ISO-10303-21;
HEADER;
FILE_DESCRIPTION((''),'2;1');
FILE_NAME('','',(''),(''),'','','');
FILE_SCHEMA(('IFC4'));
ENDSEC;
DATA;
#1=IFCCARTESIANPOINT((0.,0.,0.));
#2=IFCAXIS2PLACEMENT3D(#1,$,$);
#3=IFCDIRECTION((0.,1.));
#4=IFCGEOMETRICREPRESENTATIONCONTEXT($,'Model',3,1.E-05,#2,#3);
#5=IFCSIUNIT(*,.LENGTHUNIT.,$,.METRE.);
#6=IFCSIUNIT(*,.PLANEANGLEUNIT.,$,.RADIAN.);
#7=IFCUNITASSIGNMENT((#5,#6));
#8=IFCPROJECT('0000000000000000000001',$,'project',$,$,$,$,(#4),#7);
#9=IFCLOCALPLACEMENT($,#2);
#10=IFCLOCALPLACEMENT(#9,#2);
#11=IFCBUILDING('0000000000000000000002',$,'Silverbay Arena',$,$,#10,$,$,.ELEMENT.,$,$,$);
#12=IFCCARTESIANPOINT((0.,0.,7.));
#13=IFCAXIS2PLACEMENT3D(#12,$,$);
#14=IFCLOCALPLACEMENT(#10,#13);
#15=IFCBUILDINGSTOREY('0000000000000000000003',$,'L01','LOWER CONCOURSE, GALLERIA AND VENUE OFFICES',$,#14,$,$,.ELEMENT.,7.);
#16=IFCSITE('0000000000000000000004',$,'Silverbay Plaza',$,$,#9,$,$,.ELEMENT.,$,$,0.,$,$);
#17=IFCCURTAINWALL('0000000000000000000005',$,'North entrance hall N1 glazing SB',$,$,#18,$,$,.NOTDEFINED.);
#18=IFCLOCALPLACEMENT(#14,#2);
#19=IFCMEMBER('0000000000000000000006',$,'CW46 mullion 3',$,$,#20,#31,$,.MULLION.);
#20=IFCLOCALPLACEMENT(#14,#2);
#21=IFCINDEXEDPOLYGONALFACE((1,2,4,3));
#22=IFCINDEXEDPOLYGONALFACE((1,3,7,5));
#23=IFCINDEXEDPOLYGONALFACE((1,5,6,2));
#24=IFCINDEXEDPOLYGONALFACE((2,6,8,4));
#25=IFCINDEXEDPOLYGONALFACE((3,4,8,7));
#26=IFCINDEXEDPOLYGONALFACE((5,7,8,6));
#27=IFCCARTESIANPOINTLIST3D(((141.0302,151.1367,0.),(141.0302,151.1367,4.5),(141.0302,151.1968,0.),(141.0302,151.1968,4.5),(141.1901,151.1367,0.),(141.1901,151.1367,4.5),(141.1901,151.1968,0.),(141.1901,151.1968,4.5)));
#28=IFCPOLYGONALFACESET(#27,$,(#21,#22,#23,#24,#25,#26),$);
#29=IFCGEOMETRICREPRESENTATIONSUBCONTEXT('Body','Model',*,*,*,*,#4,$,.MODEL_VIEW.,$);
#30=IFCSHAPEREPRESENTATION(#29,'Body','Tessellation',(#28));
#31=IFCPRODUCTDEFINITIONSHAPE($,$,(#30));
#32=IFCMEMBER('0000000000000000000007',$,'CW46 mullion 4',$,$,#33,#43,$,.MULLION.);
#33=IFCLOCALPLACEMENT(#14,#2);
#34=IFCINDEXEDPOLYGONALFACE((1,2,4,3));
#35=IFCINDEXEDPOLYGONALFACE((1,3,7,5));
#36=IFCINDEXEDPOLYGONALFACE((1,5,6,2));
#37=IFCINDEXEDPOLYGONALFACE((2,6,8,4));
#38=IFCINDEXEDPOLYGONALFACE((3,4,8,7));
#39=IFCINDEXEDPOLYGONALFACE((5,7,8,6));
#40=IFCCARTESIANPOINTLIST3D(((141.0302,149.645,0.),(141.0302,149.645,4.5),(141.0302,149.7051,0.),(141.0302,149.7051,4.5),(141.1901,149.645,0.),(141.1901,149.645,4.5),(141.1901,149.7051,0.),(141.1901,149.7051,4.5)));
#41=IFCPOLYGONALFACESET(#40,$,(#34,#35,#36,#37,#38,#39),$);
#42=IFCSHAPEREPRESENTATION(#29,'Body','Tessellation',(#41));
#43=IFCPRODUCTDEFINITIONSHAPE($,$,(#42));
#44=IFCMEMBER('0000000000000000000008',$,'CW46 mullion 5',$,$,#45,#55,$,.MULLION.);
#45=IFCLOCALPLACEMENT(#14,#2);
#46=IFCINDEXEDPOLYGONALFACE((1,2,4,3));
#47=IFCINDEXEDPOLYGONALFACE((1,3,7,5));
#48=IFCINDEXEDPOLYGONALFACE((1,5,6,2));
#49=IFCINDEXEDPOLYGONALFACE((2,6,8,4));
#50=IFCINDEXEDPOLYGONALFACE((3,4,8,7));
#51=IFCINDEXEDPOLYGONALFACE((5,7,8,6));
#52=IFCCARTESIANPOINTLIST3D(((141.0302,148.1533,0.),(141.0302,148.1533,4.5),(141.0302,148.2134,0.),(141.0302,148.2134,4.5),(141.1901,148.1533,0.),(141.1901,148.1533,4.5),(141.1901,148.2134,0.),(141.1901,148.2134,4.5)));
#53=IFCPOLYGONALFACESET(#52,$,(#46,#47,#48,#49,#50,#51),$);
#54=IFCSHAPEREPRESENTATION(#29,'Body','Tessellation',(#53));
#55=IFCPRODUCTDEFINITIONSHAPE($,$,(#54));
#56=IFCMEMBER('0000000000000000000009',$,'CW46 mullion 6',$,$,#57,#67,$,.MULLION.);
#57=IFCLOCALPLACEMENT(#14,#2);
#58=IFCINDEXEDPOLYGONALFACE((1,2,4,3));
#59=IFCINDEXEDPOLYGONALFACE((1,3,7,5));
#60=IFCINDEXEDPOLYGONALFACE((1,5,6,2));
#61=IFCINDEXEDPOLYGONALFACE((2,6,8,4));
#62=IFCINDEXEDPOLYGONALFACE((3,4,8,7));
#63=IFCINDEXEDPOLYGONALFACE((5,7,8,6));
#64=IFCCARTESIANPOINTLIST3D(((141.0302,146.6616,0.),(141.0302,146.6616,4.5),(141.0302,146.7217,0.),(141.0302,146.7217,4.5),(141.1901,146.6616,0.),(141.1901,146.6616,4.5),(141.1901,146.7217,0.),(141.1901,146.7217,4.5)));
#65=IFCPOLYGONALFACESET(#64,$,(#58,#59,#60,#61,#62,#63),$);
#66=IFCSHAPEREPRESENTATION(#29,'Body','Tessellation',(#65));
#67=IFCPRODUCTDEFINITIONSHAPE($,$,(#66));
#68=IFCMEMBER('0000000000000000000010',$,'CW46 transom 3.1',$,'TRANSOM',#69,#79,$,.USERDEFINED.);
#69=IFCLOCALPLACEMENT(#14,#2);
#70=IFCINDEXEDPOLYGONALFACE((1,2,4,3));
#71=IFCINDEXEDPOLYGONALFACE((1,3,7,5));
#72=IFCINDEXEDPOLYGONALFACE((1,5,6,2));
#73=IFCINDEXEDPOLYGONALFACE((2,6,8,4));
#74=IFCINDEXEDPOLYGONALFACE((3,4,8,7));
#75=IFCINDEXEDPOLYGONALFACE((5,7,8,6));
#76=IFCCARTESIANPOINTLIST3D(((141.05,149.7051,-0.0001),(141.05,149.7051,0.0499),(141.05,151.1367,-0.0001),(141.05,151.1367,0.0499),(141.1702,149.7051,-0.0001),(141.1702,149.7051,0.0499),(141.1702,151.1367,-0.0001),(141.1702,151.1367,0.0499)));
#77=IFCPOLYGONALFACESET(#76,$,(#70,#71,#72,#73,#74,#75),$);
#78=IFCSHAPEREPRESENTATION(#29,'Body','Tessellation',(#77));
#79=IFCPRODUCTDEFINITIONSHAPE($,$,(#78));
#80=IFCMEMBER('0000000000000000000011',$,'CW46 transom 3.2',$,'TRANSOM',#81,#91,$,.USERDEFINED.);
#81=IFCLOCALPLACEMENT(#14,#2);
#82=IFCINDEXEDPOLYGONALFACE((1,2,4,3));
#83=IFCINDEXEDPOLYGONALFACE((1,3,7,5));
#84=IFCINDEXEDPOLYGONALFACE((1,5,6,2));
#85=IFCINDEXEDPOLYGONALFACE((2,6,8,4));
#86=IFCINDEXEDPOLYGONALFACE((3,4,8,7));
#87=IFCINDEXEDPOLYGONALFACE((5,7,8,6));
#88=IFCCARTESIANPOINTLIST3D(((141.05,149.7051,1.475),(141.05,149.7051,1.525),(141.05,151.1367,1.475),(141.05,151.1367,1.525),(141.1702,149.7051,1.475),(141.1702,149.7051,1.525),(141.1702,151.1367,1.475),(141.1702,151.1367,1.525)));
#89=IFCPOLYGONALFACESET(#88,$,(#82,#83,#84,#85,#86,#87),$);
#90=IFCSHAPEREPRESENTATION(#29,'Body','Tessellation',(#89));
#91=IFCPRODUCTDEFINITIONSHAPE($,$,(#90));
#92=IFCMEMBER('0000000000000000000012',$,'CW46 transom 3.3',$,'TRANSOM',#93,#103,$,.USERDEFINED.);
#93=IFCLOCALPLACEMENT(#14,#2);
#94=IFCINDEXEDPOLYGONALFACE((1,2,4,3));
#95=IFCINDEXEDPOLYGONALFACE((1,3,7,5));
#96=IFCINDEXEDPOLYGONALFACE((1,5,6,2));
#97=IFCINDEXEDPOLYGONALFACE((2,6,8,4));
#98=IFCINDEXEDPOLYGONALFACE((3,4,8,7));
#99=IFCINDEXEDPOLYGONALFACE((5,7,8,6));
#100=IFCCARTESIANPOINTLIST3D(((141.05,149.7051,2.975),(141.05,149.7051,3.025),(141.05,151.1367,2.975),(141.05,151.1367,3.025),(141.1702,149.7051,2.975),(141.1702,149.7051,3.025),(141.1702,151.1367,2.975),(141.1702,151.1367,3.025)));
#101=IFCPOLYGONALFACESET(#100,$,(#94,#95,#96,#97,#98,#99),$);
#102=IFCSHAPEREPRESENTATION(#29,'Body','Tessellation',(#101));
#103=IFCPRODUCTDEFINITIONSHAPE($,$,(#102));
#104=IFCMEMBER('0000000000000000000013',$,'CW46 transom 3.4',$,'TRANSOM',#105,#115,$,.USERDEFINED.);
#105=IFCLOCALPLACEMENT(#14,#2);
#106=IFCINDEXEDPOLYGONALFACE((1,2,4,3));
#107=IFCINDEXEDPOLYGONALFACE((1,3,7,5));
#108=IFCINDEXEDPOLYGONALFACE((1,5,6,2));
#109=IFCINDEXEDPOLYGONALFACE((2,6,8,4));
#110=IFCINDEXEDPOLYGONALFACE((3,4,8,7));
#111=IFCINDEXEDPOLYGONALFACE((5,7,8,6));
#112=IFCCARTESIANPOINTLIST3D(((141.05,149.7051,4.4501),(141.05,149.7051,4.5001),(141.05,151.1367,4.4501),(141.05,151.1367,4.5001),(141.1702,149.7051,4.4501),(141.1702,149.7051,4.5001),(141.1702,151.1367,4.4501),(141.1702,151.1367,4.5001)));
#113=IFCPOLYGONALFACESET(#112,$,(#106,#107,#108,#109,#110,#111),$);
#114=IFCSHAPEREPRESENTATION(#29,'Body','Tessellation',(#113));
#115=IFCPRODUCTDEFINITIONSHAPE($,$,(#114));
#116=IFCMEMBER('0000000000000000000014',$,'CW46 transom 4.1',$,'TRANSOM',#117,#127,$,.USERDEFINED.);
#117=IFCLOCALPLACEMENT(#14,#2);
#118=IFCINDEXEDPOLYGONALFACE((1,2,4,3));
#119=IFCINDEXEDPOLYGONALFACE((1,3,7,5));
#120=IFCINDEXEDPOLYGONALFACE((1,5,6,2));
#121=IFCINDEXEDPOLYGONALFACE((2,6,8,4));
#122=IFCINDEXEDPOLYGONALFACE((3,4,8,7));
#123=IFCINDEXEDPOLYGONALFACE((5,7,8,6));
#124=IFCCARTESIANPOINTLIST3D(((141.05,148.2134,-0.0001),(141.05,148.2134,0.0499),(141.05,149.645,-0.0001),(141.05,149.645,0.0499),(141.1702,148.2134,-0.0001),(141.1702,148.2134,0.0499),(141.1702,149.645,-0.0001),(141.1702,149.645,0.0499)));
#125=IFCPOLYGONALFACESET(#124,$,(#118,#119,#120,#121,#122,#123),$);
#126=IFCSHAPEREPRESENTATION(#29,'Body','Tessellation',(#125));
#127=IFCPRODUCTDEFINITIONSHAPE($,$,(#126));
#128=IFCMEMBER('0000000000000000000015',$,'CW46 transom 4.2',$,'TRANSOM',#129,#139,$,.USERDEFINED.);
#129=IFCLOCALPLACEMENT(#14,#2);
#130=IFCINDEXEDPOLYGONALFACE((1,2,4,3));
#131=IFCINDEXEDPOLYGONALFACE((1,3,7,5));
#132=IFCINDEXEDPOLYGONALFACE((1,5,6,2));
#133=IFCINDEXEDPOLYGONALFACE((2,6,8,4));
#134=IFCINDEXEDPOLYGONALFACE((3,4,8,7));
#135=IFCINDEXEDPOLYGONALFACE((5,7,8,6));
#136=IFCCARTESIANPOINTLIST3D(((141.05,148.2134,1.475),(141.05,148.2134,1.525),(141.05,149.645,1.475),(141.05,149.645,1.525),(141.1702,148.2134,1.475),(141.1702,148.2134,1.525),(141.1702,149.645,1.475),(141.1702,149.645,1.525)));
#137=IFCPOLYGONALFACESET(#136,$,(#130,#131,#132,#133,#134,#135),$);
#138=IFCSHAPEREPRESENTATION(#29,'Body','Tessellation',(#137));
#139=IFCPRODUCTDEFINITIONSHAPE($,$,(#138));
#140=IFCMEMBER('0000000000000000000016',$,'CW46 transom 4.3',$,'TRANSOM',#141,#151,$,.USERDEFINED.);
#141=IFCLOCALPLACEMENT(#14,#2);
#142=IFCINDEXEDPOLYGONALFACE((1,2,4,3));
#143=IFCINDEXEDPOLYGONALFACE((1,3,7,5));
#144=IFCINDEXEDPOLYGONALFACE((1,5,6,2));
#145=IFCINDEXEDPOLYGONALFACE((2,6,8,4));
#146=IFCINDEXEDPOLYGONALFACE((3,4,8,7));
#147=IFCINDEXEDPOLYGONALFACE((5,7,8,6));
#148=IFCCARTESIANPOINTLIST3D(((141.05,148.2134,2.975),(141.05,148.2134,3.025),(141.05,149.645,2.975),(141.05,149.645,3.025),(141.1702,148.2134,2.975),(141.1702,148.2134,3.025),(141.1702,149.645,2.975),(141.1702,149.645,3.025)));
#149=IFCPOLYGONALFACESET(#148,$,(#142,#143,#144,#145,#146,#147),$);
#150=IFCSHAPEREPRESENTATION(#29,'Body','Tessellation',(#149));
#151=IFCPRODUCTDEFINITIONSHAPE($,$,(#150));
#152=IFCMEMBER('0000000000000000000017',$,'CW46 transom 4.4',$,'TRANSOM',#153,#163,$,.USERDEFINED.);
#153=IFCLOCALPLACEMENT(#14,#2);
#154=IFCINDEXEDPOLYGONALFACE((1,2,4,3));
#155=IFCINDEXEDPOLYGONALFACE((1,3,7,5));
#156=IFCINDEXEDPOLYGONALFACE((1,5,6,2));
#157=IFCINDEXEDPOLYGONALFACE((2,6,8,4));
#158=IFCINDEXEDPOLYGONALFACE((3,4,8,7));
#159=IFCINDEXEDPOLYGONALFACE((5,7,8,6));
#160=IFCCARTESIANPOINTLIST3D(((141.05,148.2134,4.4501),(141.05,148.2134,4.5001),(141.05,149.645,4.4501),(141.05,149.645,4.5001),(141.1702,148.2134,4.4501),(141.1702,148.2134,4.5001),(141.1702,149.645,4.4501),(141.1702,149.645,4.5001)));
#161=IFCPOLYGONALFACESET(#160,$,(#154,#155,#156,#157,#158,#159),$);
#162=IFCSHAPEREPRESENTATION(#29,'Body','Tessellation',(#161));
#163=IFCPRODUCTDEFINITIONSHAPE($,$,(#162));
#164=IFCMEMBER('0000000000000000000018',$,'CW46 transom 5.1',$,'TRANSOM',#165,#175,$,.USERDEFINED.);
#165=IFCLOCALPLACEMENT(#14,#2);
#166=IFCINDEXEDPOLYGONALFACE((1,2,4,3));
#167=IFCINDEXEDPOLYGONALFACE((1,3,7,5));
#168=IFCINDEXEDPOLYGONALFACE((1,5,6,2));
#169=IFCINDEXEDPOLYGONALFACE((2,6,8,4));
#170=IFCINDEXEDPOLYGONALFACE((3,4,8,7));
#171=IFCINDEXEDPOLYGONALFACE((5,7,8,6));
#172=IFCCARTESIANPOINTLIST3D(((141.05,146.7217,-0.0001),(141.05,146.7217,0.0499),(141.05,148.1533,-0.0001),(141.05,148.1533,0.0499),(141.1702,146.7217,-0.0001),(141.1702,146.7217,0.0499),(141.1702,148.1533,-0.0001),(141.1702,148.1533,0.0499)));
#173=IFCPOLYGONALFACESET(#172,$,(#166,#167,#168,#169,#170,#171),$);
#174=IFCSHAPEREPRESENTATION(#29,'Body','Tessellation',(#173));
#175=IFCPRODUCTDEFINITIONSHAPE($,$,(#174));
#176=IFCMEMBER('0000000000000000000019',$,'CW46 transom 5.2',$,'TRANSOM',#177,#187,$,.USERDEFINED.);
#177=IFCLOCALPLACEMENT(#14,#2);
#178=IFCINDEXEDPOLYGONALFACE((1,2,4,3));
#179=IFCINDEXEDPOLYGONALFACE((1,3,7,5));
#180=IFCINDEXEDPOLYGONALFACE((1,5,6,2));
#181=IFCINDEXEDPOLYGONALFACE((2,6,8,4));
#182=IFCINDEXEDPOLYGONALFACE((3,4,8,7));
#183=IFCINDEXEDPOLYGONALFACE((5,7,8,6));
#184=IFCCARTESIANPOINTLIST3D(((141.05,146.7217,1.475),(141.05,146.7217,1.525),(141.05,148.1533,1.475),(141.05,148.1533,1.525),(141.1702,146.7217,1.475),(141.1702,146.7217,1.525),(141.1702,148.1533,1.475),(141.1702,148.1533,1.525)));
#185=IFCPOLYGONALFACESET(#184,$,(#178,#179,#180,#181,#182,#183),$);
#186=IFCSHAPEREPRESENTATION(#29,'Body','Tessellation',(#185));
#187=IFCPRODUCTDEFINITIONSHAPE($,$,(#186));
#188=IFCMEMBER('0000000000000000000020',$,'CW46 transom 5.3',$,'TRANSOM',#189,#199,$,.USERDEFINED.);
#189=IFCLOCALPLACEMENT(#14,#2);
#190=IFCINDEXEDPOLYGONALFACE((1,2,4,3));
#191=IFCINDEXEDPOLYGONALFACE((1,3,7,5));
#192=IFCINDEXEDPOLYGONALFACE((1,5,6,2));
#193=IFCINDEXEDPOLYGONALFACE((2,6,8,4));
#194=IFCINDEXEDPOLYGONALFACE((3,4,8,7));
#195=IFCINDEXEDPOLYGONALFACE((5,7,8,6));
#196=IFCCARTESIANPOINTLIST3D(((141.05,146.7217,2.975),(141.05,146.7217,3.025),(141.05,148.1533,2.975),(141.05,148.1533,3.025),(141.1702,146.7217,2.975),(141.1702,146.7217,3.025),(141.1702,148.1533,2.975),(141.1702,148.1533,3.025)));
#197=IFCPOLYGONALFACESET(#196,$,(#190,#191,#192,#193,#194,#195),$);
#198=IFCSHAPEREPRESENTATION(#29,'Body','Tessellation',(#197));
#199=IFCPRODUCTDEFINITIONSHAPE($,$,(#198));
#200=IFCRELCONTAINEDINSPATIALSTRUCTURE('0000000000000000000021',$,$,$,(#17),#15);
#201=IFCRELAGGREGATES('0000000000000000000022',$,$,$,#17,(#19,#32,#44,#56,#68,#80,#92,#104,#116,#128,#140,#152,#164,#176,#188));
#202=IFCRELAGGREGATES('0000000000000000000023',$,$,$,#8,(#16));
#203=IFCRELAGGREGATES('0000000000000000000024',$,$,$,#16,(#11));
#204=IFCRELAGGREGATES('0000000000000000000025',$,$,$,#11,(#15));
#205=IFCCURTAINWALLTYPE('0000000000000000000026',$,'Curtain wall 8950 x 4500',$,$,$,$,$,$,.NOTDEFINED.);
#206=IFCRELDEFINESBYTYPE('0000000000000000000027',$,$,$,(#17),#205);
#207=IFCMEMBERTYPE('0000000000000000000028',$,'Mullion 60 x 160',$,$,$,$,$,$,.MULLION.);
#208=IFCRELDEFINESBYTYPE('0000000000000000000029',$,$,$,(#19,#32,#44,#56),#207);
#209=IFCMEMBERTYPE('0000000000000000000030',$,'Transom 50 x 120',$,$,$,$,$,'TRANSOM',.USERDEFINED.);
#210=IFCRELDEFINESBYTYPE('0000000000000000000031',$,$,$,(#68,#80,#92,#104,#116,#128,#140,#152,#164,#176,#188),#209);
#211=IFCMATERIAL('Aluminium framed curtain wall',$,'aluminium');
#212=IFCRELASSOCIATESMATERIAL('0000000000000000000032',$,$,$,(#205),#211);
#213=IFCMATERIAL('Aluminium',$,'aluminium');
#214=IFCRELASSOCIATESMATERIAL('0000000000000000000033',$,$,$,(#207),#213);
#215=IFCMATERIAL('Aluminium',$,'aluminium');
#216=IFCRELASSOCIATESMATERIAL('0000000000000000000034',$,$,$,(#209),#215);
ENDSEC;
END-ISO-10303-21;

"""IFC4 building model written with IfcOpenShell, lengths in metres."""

from ifc_helpers import new_model, si_unit, direction, frame, origin, origin_2d, place, context, subcontext, project, spatial, rectangle, extrude, material, material_profile, profile_set, type_object, element, aggregate, save


model = new_model("IFC4")

# Units and contexts
model_context = context("Model", 3, precision=1e-05, world=origin(), true_north=direction((0.0, 1.0)))
body_context = subcontext(model_context, "Body", "Model", "MODEL_VIEW")
ifc_project = project(units=[si_unit("LENGTHUNIT", "METRE"), si_unit("PLANEANGLEUNIT", "RADIAN")], contexts=[model_context])

# Site, building, storey
site_placement = place(None, origin())
site = spatial("IfcSite", under=ifc_project, at=site_placement, Name="Silverbay Plaza", CompositionType="ELEMENT", RefElevation=0.0)
building_placement = place(site_placement, origin())
building = spatial("IfcBuilding", under=site, at=building_placement, Name="Silverbay Arena", CompositionType="ELEMENT")
storey_placement = place(building_placement, frame((0.0, 0.0, 7.0)))
storey = spatial("IfcBuildingStorey", under=building, at=storey_placement, Name="L01", Description="LOWER CONCOURSE, GALLERIA AND VENUE OFFICES", CompositionType="ELEMENT", Elevation=7.0)

# Curtain wall, members
ifc_material_1 = material(Name="Aluminium framed curtain wall", Category="aluminium")
curtain_wall_type = type_object("IfcCurtainWallType", Name="Curtain wall 8950 x 4500", PredefinedType="NOTDEFINED", material=ifc_material_1)
curtain_wall_placement = place(storey_placement, origin())
curtain_wall = element("IfcCurtainWall", 1, at=curtain_wall_placement, inside=storey, type_object=curtain_wall_type, Name="North entrance hall N1 glazing SB", PredefinedType="NOTDEFINED")
ifc_material_2 = material(Name="Aluminium", Category="aluminium")
ifc_material_profile_1 = material_profile(ifc_material_2, rectangle(XDim=0.1599, YDim=0.0601, at=origin_2d()), Name="Mullion 60 x 160")
ifc_profile_set_1 = profile_set([ifc_material_profile_1], Name="Aluminium")
member_type_1 = type_object("IfcMemberType", Name="Mullion 60 x 160", PredefinedType="MULLION", material=ifc_profile_set_1)
member_1_placement = place(storey_placement, frame((141.1101, 151.1667, 0.0), z_axis=(0.0, 0.0, 1.0), x_axis=(1.0, 0.0, 0.0)))
member_1 = element("IfcMember", 2, at=member_1_placement, type_object=member_type_1, Name="CW46 mullion 3", PredefinedType="MULLION", context=body_context, shape_type="SweptSolid", body=[
    extrude(rectangle(XDim=0.1599, YDim=0.0601, at=origin_2d()), origin(), (0.0, 0.0, 1.0), 4.5),
])
member_2_placement = place(storey_placement, frame((141.1101, 149.675, 0.0), z_axis=(0.0, 0.0, 1.0), x_axis=(1.0, 0.0, 0.0)))
member_2 = element("IfcMember", 3, at=member_2_placement, type_object=member_type_1, Name="CW46 mullion 4", PredefinedType="MULLION", context=body_context, shape_type="SweptSolid", body=[
    extrude(rectangle(XDim=0.1599, YDim=0.0601, at=origin_2d()), origin(), (0.0, 0.0, 1.0), 4.5),
])
member_3_placement = place(storey_placement, frame((141.1101, 148.1833, 0.0), z_axis=(0.0, 0.0, 1.0), x_axis=(1.0, 0.0, 0.0)))
member_3 = element("IfcMember", 4, at=member_3_placement, type_object=member_type_1, Name="CW46 mullion 5", PredefinedType="MULLION", context=body_context, shape_type="SweptSolid", body=[
    extrude(rectangle(XDim=0.1599, YDim=0.0601, at=origin_2d()), origin(), (0.0, 0.0, 1.0), 4.5),
])
member_4_placement = place(storey_placement, frame((141.1101, 146.6917, 0.0), z_axis=(0.0, 0.0, 1.0), x_axis=(1.0, 0.0, 0.0)))
member_4 = element("IfcMember", 5, at=member_4_placement, type_object=member_type_1, Name="CW46 mullion 6", PredefinedType="MULLION", context=body_context, shape_type="SweptSolid", body=[
    extrude(rectangle(XDim=0.1599, YDim=0.0601, at=origin_2d()), origin(), (0.0, 0.0, 1.0), 4.5),
])
ifc_material_3 = material(Name="Aluminium", Category="aluminium")
ifc_material_profile_2 = material_profile(ifc_material_3, rectangle(XDim=0.1201, YDim=0.05, at=origin_2d()), Name="Transom 50 x 120")
ifc_profile_set_2 = profile_set([ifc_material_profile_2], Name="Aluminium")
member_type_2 = type_object("IfcMemberType", Name="Transom 50 x 120", ElementType="TRANSOM", PredefinedType="USERDEFINED", material=ifc_profile_set_2)
member_5_placement = place(storey_placement, frame((141.1101, 151.1367, 0.0249), z_axis=(0.0, -1.0, 0.0), x_axis=(1.0, 0.0, 0.0)))
member_5 = element("IfcMember", 6, at=member_5_placement, type_object=member_type_2, Name="CW46 transom 3.1", ObjectType="TRANSOM", PredefinedType="USERDEFINED", context=body_context, shape_type="SweptSolid", body=[
    extrude(rectangle(XDim=0.1201, YDim=0.05, at=origin_2d()), origin(), (0.0, 0.0, 1.0), 1.4316),
])
member_6_placement = place(storey_placement, frame((141.1101, 151.1367, 1.5), z_axis=(0.0, -1.0, 0.0), x_axis=(1.0, 0.0, 0.0)))
member_6 = element("IfcMember", 7, at=member_6_placement, type_object=member_type_2, Name="CW46 transom 3.2", ObjectType="TRANSOM", PredefinedType="USERDEFINED", context=body_context, shape_type="SweptSolid", body=[
    extrude(rectangle(XDim=0.1201, YDim=0.05, at=origin_2d()), origin(), (0.0, 0.0, 1.0), 1.4316),
])
member_7_placement = place(storey_placement, frame((141.1101, 151.1367, 3.0), z_axis=(0.0, -1.0, 0.0), x_axis=(1.0, 0.0, 0.0)))
member_7 = element("IfcMember", 8, at=member_7_placement, type_object=member_type_2, Name="CW46 transom 3.3", ObjectType="TRANSOM", PredefinedType="USERDEFINED", context=body_context, shape_type="SweptSolid", body=[
    extrude(rectangle(XDim=0.1201, YDim=0.05, at=origin_2d()), origin(), (0.0, 0.0, 1.0), 1.4316),
])
member_8_placement = place(storey_placement, frame((141.1101, 151.1367, 4.4751), z_axis=(0.0, -1.0, 0.0), x_axis=(1.0, 0.0, 0.0)))
member_8 = element("IfcMember", 9, at=member_8_placement, type_object=member_type_2, Name="CW46 transom 3.4", ObjectType="TRANSOM", PredefinedType="USERDEFINED", context=body_context, shape_type="SweptSolid", body=[
    extrude(rectangle(XDim=0.1201, YDim=0.05, at=origin_2d()), origin(), (0.0, 0.0, 1.0), 1.4316),
])
member_9_placement = place(storey_placement, frame((141.1101, 149.645, 0.0249), z_axis=(0.0, -1.0, 0.0), x_axis=(1.0, 0.0, 0.0)))
member_9 = element("IfcMember", 10, at=member_9_placement, type_object=member_type_2, Name="CW46 transom 4.1", ObjectType="TRANSOM", PredefinedType="USERDEFINED", context=body_context, shape_type="SweptSolid", body=[
    extrude(rectangle(XDim=0.1201, YDim=0.05, at=origin_2d()), origin(), (0.0, 0.0, 1.0), 1.4316),
])
member_10_placement = place(storey_placement, frame((141.1101, 149.645, 1.5), z_axis=(0.0, -1.0, 0.0), x_axis=(1.0, 0.0, 0.0)))
member_10 = element("IfcMember", 11, at=member_10_placement, type_object=member_type_2, Name="CW46 transom 4.2", ObjectType="TRANSOM", PredefinedType="USERDEFINED", context=body_context, shape_type="SweptSolid", body=[
    extrude(rectangle(XDim=0.1201, YDim=0.05, at=origin_2d()), origin(), (0.0, 0.0, 1.0), 1.4316),
])
member_11_placement = place(storey_placement, frame((141.1101, 149.645, 3.0), z_axis=(0.0, -1.0, 0.0), x_axis=(1.0, 0.0, 0.0)))
member_11 = element("IfcMember", 12, at=member_11_placement, type_object=member_type_2, Name="CW46 transom 4.3", ObjectType="TRANSOM", PredefinedType="USERDEFINED", context=body_context, shape_type="SweptSolid", body=[
    extrude(rectangle(XDim=0.1201, YDim=0.05, at=origin_2d()), origin(), (0.0, 0.0, 1.0), 1.4316),
])
member_12_placement = place(storey_placement, frame((141.1101, 149.645, 4.4751), z_axis=(0.0, -1.0, 0.0), x_axis=(1.0, 0.0, 0.0)))
member_12 = element("IfcMember", 13, at=member_12_placement, type_object=member_type_2, Name="CW46 transom 4.4", ObjectType="TRANSOM", PredefinedType="USERDEFINED", context=body_context, shape_type="SweptSolid", body=[
    extrude(rectangle(XDim=0.1201, YDim=0.05, at=origin_2d()), origin(), (0.0, 0.0, 1.0), 1.4316),
])
member_13_placement = place(storey_placement, frame((141.1101, 148.1533, 0.0249), z_axis=(0.0, -1.0, 0.0), x_axis=(1.0, 0.0, 0.0)))
member_13 = element("IfcMember", 14, at=member_13_placement, type_object=member_type_2, Name="CW46 transom 5.1", ObjectType="TRANSOM", PredefinedType="USERDEFINED", context=body_context, shape_type="SweptSolid", body=[
    extrude(rectangle(XDim=0.1201, YDim=0.05, at=origin_2d()), origin(), (0.0, 0.0, 1.0), 1.4316),
])
member_14_placement = place(storey_placement, frame((141.1101, 148.1533, 1.5), z_axis=(0.0, -1.0, 0.0), x_axis=(1.0, 0.0, 0.0)))
member_14 = element("IfcMember", 15, at=member_14_placement, type_object=member_type_2, Name="CW46 transom 5.2", ObjectType="TRANSOM", PredefinedType="USERDEFINED", context=body_context, shape_type="SweptSolid", body=[
    extrude(rectangle(XDim=0.1201, YDim=0.05, at=origin_2d()), origin(), (0.0, 0.0, 1.0), 1.4316),
])
member_15_placement = place(storey_placement, frame((141.1101, 148.1533, 3.0), z_axis=(0.0, -1.0, 0.0), x_axis=(1.0, 0.0, 0.0)))
member_15 = element("IfcMember", 16, at=member_15_placement, type_object=member_type_2, Name="CW46 transom 5.3", ObjectType="TRANSOM", PredefinedType="USERDEFINED", context=body_context, shape_type="SweptSolid", body=[
    extrude(rectangle(XDim=0.1201, YDim=0.05, at=origin_2d()), origin(), (0.0, 0.0, 1.0), 1.4316),
])
aggregate(curtain_wall, [member_1, member_2, member_3, member_4, member_5, member_6, member_7, member_8, member_9, member_10, member_11, member_12, member_13, member_14, member_15])

save(model, "model.ifc")
